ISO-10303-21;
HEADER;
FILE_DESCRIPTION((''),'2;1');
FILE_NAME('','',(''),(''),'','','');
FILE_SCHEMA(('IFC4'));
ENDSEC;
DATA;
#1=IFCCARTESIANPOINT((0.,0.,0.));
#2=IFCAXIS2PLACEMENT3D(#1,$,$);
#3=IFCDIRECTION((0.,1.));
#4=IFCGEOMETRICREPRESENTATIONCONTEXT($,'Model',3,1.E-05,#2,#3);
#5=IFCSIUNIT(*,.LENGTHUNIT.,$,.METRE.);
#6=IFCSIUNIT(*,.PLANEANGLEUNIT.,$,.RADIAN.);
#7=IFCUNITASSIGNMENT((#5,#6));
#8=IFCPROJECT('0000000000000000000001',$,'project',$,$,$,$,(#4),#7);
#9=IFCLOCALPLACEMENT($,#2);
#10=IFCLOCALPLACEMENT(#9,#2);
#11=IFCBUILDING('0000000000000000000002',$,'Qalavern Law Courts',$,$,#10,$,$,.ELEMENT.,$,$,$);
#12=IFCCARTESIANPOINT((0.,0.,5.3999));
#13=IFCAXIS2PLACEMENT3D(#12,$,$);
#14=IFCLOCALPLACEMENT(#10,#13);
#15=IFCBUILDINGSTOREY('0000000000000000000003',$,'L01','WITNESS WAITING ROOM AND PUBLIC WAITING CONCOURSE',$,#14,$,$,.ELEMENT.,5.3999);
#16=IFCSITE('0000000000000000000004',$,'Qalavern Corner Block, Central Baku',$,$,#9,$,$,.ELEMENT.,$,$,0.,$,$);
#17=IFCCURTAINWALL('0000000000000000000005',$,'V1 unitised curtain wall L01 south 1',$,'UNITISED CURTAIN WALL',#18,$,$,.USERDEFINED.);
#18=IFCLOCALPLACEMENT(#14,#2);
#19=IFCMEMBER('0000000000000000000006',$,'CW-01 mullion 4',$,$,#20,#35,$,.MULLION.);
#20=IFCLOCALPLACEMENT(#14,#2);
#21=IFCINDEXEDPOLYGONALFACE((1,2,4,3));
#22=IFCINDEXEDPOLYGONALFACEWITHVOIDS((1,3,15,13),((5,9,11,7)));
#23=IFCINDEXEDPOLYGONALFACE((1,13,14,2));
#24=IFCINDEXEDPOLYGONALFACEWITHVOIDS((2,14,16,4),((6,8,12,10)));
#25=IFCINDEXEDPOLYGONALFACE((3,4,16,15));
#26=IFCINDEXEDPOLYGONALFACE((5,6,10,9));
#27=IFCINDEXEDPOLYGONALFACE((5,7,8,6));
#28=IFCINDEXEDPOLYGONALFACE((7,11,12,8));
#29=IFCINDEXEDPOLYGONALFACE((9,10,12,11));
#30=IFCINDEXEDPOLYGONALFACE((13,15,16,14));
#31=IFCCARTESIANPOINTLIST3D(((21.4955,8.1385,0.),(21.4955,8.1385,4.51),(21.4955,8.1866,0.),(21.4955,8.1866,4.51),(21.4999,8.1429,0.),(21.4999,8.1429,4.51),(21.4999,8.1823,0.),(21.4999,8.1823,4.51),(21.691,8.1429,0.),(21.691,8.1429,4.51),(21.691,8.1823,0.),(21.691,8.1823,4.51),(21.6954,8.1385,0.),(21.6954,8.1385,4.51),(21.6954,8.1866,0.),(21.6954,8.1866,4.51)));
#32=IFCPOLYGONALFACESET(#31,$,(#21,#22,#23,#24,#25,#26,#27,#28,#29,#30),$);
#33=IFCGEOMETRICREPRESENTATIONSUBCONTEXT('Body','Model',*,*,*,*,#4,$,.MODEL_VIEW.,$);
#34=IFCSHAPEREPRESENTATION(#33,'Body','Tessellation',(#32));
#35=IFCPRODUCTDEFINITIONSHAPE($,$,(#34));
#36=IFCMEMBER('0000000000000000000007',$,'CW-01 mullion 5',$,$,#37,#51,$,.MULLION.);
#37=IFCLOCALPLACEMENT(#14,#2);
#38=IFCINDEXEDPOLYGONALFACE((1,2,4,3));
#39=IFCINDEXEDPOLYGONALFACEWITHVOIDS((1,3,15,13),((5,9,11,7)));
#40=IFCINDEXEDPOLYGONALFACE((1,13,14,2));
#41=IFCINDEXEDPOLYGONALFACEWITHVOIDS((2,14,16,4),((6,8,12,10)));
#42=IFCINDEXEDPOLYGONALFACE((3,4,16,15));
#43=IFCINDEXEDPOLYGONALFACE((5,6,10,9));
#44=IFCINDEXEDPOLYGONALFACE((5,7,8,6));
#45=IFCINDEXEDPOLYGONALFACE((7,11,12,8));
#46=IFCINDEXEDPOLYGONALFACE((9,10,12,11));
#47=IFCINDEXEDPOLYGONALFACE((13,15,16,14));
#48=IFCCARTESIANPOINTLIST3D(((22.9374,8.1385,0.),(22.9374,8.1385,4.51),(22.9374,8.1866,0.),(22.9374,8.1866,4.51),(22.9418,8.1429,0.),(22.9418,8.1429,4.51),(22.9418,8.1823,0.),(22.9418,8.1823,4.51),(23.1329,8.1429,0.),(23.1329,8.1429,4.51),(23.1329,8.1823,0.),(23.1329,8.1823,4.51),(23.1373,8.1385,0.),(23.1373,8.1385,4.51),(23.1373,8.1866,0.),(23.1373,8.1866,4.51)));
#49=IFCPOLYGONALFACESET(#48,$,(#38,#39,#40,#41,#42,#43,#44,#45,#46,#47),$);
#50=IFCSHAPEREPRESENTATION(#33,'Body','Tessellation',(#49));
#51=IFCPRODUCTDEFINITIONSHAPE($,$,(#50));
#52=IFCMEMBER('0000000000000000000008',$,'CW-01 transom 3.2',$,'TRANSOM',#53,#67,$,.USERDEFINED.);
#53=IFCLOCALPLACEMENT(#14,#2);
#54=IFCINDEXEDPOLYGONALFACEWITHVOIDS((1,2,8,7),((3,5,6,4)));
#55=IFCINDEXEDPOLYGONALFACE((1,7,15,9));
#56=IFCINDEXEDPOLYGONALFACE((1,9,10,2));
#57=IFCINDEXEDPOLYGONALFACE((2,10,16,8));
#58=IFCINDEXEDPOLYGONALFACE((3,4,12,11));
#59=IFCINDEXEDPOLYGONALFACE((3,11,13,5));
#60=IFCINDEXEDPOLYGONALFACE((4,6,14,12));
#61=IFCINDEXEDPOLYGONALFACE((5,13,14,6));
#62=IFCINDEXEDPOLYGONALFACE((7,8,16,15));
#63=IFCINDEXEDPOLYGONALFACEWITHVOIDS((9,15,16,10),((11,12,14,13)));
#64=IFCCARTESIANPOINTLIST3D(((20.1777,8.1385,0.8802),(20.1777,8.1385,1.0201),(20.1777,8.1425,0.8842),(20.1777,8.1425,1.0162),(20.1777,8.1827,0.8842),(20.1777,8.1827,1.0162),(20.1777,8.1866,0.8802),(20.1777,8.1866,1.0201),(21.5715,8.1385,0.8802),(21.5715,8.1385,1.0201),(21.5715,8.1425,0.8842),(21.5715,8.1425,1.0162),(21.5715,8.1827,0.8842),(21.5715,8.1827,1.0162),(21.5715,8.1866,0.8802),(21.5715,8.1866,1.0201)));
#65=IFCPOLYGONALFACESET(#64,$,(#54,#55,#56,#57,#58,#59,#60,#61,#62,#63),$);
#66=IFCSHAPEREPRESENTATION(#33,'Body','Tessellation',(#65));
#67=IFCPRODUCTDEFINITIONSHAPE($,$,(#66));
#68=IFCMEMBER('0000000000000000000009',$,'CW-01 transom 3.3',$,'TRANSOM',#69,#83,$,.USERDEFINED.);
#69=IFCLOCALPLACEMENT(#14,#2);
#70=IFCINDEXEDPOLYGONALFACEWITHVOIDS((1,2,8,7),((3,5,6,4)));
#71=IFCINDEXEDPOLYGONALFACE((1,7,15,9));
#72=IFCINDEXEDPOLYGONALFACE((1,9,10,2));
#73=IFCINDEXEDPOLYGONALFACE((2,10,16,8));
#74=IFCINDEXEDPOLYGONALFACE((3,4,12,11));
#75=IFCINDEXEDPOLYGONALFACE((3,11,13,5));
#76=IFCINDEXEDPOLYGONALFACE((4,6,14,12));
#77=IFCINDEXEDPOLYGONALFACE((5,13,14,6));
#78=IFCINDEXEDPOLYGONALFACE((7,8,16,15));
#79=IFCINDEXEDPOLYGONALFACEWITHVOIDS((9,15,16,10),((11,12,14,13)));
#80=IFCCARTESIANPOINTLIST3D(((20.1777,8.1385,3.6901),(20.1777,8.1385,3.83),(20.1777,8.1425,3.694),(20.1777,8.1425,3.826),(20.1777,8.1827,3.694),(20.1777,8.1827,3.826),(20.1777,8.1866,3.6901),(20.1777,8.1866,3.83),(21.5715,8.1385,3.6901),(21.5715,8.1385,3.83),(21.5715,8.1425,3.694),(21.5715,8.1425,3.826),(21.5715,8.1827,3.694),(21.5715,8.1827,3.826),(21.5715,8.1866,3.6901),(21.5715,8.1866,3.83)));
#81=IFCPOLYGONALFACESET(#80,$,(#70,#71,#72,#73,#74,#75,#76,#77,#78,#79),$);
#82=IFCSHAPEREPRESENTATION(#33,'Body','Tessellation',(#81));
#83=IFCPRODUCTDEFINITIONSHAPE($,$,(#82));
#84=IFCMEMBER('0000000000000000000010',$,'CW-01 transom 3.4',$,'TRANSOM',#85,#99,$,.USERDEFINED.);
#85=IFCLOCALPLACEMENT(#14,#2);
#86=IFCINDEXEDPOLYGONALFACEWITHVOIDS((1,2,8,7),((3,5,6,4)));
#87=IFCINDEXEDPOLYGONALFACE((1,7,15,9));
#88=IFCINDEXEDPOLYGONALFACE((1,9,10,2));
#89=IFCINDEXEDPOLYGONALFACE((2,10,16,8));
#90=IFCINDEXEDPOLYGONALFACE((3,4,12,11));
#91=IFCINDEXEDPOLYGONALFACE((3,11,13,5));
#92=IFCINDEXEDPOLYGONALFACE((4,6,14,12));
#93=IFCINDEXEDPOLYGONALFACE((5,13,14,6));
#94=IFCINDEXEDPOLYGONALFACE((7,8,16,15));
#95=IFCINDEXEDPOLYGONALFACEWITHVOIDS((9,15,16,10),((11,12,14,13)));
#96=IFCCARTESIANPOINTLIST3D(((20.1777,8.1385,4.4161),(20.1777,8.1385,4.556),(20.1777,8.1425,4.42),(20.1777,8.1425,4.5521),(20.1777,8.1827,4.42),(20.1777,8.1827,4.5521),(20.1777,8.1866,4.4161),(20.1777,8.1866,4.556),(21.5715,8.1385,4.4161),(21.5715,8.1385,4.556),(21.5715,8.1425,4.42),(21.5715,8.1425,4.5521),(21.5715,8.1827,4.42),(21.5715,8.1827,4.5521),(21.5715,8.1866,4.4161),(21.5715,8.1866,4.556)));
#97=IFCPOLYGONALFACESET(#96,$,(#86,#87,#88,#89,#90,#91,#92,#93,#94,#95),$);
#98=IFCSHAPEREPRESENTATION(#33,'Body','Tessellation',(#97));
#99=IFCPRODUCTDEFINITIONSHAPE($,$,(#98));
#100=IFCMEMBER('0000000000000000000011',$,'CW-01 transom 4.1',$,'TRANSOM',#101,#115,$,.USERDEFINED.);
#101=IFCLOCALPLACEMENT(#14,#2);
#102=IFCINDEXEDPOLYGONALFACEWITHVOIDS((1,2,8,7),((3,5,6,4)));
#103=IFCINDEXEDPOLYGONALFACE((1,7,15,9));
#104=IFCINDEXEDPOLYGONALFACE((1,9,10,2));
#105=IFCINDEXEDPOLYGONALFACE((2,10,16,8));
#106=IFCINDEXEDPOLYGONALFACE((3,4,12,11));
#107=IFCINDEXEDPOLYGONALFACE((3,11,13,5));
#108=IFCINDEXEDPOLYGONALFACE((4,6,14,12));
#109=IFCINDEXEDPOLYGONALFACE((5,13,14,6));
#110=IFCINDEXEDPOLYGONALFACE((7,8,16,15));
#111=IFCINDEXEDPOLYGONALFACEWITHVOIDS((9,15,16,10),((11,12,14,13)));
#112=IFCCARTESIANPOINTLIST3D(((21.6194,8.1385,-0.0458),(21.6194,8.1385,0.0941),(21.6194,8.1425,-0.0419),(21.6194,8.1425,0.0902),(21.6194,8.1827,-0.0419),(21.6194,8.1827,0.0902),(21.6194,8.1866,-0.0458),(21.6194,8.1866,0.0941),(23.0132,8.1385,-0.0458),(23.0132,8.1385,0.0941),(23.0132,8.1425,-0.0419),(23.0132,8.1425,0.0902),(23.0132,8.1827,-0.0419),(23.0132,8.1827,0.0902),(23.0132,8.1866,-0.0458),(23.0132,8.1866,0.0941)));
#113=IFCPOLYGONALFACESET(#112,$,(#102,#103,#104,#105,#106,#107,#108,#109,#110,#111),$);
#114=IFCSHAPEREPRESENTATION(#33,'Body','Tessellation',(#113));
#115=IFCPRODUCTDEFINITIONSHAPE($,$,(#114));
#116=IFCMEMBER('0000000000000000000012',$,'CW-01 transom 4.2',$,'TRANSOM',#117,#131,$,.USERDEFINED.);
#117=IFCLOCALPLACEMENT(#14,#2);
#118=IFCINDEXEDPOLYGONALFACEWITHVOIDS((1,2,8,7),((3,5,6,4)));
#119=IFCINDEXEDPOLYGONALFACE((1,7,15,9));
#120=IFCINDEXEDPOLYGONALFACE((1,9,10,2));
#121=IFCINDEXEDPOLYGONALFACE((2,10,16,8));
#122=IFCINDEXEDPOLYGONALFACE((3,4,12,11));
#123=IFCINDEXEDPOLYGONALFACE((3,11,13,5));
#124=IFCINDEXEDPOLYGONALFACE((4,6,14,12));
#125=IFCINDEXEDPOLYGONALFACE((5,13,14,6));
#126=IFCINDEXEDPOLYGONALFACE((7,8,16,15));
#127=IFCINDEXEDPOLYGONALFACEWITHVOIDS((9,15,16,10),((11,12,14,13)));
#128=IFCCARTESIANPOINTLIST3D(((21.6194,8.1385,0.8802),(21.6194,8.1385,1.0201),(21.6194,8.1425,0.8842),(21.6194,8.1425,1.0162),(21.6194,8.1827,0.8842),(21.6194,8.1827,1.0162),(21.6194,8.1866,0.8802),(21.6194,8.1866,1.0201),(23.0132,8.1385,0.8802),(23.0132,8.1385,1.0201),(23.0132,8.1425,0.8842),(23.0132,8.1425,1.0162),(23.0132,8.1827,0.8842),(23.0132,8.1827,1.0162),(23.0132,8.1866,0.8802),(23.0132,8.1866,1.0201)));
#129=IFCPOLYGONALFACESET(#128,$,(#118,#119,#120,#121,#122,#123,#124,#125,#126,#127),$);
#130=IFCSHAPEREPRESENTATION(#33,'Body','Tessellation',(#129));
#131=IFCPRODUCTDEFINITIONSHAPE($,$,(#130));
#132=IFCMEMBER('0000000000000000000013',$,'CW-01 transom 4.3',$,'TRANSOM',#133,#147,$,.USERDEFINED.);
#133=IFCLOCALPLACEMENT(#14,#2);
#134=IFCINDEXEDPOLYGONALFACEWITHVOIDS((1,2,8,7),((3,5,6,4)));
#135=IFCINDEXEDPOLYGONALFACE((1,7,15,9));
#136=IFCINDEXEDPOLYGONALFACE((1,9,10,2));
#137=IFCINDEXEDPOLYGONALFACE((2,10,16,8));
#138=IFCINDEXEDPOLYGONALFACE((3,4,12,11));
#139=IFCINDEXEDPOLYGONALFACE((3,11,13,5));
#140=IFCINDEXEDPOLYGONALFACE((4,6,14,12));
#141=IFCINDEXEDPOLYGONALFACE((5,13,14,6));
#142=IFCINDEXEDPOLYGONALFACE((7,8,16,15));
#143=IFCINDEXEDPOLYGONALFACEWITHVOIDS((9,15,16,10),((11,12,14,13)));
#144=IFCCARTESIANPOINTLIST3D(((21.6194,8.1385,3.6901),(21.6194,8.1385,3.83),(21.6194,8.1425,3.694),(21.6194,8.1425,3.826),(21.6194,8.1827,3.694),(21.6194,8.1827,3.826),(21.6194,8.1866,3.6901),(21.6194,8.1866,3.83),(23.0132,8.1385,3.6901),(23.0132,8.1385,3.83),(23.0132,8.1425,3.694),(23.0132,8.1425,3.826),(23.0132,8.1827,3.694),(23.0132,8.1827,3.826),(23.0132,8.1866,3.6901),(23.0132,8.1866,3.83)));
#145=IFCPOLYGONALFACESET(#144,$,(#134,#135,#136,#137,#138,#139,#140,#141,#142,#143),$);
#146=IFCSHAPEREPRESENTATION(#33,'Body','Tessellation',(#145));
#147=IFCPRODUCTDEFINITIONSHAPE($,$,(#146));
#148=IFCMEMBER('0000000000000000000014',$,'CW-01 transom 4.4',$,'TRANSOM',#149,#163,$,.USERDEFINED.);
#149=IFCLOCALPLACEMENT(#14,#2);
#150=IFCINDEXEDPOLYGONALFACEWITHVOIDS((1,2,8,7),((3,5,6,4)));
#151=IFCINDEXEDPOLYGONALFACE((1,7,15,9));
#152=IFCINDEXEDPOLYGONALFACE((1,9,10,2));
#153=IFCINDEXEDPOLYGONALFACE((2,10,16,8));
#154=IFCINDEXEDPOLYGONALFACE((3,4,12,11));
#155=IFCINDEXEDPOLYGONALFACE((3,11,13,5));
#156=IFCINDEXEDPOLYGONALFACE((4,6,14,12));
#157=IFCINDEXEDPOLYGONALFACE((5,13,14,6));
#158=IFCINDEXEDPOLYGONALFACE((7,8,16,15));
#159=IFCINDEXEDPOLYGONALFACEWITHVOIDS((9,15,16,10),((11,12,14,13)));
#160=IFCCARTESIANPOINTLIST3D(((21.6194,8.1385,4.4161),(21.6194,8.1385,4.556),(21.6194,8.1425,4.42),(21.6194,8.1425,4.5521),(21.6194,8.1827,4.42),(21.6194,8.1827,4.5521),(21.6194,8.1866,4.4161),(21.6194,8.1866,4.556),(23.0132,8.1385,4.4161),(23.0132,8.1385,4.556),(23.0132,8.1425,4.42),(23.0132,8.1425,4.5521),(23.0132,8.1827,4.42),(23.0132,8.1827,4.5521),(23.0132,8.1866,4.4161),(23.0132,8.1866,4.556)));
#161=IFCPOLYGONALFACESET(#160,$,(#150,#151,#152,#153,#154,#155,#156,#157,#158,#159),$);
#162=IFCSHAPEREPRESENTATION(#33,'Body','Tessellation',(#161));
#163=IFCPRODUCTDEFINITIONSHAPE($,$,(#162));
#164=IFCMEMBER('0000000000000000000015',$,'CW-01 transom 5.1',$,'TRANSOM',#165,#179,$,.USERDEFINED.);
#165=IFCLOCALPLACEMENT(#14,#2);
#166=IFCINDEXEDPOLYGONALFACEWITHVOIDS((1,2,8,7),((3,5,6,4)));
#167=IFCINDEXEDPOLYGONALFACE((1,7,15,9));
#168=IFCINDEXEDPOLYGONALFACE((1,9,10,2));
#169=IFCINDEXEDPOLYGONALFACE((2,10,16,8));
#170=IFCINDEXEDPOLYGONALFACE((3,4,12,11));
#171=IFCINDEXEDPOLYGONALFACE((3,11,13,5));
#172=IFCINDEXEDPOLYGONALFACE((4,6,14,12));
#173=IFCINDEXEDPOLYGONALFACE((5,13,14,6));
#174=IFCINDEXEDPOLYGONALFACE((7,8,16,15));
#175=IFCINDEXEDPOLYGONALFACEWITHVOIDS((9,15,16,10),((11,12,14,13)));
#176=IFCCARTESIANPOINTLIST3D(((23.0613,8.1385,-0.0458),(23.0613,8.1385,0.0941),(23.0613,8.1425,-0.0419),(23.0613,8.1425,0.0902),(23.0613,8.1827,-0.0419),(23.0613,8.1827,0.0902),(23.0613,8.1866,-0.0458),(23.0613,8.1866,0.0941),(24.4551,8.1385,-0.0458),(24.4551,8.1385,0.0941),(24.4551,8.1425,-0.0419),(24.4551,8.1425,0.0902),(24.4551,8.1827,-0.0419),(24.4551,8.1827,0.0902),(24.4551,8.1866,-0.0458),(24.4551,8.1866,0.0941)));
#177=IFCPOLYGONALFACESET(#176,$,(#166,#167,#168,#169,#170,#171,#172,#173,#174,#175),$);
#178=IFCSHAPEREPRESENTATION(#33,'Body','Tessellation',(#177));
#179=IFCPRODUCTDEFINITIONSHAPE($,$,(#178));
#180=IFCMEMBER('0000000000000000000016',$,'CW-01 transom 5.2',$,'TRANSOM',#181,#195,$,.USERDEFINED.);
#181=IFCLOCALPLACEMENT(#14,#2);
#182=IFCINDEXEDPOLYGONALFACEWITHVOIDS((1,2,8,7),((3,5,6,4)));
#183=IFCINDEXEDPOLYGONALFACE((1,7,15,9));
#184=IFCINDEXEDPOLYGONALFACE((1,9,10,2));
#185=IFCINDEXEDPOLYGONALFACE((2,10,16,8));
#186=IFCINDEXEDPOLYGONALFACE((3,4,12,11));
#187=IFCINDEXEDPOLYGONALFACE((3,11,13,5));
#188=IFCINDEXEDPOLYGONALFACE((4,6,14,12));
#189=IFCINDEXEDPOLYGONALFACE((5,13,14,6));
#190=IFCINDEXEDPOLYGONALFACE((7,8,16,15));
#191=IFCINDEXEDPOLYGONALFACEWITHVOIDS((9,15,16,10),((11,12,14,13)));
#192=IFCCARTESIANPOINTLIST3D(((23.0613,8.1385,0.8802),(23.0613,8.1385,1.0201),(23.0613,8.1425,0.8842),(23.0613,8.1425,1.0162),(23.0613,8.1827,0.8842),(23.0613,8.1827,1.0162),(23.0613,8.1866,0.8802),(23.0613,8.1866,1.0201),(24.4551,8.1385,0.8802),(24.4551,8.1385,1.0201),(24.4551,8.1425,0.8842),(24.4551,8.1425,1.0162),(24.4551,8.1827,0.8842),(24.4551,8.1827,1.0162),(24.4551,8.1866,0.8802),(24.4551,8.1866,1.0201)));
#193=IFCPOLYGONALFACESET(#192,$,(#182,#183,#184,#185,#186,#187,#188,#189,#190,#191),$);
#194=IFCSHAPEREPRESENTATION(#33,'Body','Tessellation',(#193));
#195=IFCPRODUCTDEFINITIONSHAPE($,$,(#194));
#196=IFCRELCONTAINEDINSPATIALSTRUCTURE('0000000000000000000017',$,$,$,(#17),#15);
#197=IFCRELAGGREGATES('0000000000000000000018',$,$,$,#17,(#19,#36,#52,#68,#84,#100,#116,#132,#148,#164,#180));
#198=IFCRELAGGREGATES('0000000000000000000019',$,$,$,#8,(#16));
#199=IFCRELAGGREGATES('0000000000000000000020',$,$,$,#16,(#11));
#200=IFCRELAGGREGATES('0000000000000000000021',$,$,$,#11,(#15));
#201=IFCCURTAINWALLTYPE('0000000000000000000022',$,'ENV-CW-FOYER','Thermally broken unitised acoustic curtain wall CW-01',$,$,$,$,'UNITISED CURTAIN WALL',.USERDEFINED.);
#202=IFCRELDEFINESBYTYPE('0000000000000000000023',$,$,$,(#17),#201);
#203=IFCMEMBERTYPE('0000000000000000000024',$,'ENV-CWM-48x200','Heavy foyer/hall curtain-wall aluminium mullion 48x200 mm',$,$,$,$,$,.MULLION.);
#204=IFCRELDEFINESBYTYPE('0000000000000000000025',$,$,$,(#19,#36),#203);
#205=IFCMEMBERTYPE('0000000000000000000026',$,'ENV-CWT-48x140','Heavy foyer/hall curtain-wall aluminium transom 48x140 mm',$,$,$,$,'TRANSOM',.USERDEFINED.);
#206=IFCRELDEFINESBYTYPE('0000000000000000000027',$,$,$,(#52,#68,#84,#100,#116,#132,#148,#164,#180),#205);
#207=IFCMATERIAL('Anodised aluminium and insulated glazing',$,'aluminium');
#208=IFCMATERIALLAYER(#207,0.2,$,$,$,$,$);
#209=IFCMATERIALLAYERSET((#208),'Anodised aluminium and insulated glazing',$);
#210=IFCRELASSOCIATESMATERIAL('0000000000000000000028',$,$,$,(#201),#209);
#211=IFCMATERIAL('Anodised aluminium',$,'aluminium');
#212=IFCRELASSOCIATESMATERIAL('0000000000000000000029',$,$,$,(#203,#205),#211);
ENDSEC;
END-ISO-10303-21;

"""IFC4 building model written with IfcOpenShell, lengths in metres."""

from ifc_helpers import new_model, si_unit, direction, frame, origin, origin_2d, place, context, subcontext, project, spatial, hollow_rectangle, extrude, material, layer, layer_set, material_profile, profile_set, type_object, element, aggregate, save


model = new_model("IFC4")

# Units and contexts
model_context = context("Model", 3, precision=1e-05, world=origin(), true_north=direction((0.0, 1.0)))
body_context = subcontext(model_context, "Body", "Model", "MODEL_VIEW")
ifc_project = project(units=[si_unit("LENGTHUNIT", "METRE"), si_unit("PLANEANGLEUNIT", "RADIAN")], contexts=[model_context])

# Site, building, storey
site_placement = place(None, origin())
site = spatial("IfcSite", under=ifc_project, at=site_placement, Name="Qalavern Corner Block, Central Baku", CompositionType="ELEMENT", RefElevation=0.0)
building_placement = place(site_placement, origin())
building = spatial("IfcBuilding", under=site, at=building_placement, Name="Qalavern Law Courts", CompositionType="ELEMENT")
storey_placement = place(building_placement, frame((0.0, 0.0, 5.3999)))
storey = spatial("IfcBuildingStorey", under=building, at=storey_placement, Name="L01", Description="WITNESS WAITING ROOM AND PUBLIC WAITING CONCOURSE", CompositionType="ELEMENT", Elevation=5.3999)

# Curtain wall, members
ifc_material_1 = material(Name="Anodised aluminium and insulated glazing", Category="aluminium")
ifc_layer_1 = layer(ifc_material_1, 0.2)
ifc_layer_set_1 = layer_set([ifc_layer_1], Name="Anodised aluminium and insulated glazing")
curtain_wall_type = type_object("IfcCurtainWallType", Name="ENV-CW-FOYER", Description="Thermally broken unitised acoustic curtain wall CW-01", ElementType="UNITISED CURTAIN WALL", PredefinedType="USERDEFINED", material=ifc_layer_set_1)
curtain_wall_placement = place(storey_placement, origin())
curtain_wall = element("IfcCurtainWall", 1, at=curtain_wall_placement, inside=storey, type_object=curtain_wall_type, Name="V1 unitised curtain wall L01 south 1", ObjectType="UNITISED CURTAIN WALL", PredefinedType="USERDEFINED")
ifc_material_2 = material(Name="Anodised aluminium", Category="aluminium")
ifc_material_profile_1 = material_profile(ifc_material_2, hollow_rectangle(XDim=0.0481, YDim=0.2, WallThickness=0.0044, at=origin_2d()), Name="ALU MULLION 48x200")
ifc_profile_set_1 = profile_set([ifc_material_profile_1], Name="Anodised aluminium")
member_type_1 = type_object("IfcMemberType", Name="ENV-CWM-48x200", Description="Heavy foyer/hall curtain-wall aluminium mullion 48x200 mm", PredefinedType="MULLION", material=ifc_profile_set_1)
member_1_placement = place(storey_placement, frame((21.5955, 8.1626, 0.0), z_axis=(0.0, 0.0, 1.0), x_axis=(0.0, 1.0, 0.0)))
member_1 = element("IfcMember", 2, at=member_1_placement, type_object=member_type_1, Name="CW-01 mullion 4", PredefinedType="MULLION", context=body_context, shape_type="SweptSolid", body=[
    extrude(hollow_rectangle(XDim=0.0481, YDim=0.2, WallThickness=0.0044, at=origin_2d()), origin(), (0.0, 0.0, 1.0), 4.51),
])
member_2_placement = place(storey_placement, frame((23.0374, 8.1626, 0.0), z_axis=(0.0, 0.0, 1.0), x_axis=(0.0, 1.0, 0.0)))
member_2 = element("IfcMember", 3, at=member_2_placement, type_object=member_type_1, Name="CW-01 mullion 5", PredefinedType="MULLION", context=body_context, shape_type="SweptSolid", body=[
    extrude(hollow_rectangle(XDim=0.0481, YDim=0.2, WallThickness=0.0044, at=origin_2d()), origin(), (0.0, 0.0, 1.0), 4.51),
])
ifc_material_profile_2 = material_profile(ifc_material_2, hollow_rectangle(XDim=0.0481, YDim=0.1399, WallThickness=0.0039, at=origin_2d()), Name="ALU TRANSOM 48x140")
ifc_profile_set_2 = profile_set([ifc_material_profile_2], Name="Anodised aluminium")
member_type_2 = type_object("IfcMemberType", Name="ENV-CWT-48x140", Description="Heavy foyer/hall curtain-wall aluminium transom 48x140 mm", ElementType="TRANSOM", PredefinedType="USERDEFINED", material=ifc_profile_set_2)
member_3_placement = place(storey_placement, frame((20.1777, 8.1626, 0.9502), z_axis=(1.0, 0.0, 0.0), x_axis=(0.0, 1.0, 0.0)))
member_3 = element("IfcMember", 4, at=member_3_placement, type_object=member_type_2, Name="CW-01 transom 3.2", ObjectType="TRANSOM", PredefinedType="USERDEFINED", context=body_context, shape_type="SweptSolid", body=[
    extrude(hollow_rectangle(XDim=0.0481, YDim=0.1399, WallThickness=0.0039, at=origin_2d()), origin(), (0.0, 0.0, 1.0), 1.3938),
])
member_4_placement = place(storey_placement, frame((20.1777, 8.1626, 3.76), z_axis=(1.0, 0.0, 0.0), x_axis=(0.0, 1.0, 0.0)))
member_4 = element("IfcMember", 5, at=member_4_placement, type_object=member_type_2, Name="CW-01 transom 3.3", ObjectType="TRANSOM", PredefinedType="USERDEFINED", context=body_context, shape_type="SweptSolid", body=[
    extrude(hollow_rectangle(XDim=0.0481, YDim=0.1399, WallThickness=0.0039, at=origin_2d()), origin(), (0.0, 0.0, 1.0), 1.3938),
])
member_5_placement = place(storey_placement, frame((20.1777, 8.1626, 4.4861), z_axis=(1.0, 0.0, 0.0), x_axis=(0.0, 1.0, 0.0)))
member_5 = element("IfcMember", 6, at=member_5_placement, type_object=member_type_2, Name="CW-01 transom 3.4", ObjectType="TRANSOM", PredefinedType="USERDEFINED", context=body_context, shape_type="SweptSolid", body=[
    extrude(hollow_rectangle(XDim=0.0481, YDim=0.1399, WallThickness=0.0039, at=origin_2d()), origin(), (0.0, 0.0, 1.0), 1.3938),
])
member_6_placement = place(storey_placement, frame((21.6194, 8.1626, 0.0242), z_axis=(1.0, 0.0, 0.0), x_axis=(0.0, 1.0, 0.0)))
member_6 = element("IfcMember", 7, at=member_6_placement, type_object=member_type_2, Name="CW-01 transom 4.1", ObjectType="TRANSOM", PredefinedType="USERDEFINED", context=body_context, shape_type="SweptSolid", body=[
    extrude(hollow_rectangle(XDim=0.0481, YDim=0.1399, WallThickness=0.0039, at=origin_2d()), origin(), (0.0, 0.0, 1.0), 1.3938),
])
member_7_placement = place(storey_placement, frame((21.6194, 8.1626, 0.9502), z_axis=(1.0, 0.0, 0.0), x_axis=(0.0, 1.0, 0.0)))
member_7 = element("IfcMember", 8, at=member_7_placement, type_object=member_type_2, Name="CW-01 transom 4.2", ObjectType="TRANSOM", PredefinedType="USERDEFINED", context=body_context, shape_type="SweptSolid", body=[
    extrude(hollow_rectangle(XDim=0.0481, YDim=0.1399, WallThickness=0.0039, at=origin_2d()), origin(), (0.0, 0.0, 1.0), 1.3938),
])
member_8_placement = place(storey_placement, frame((21.6194, 8.1626, 3.76), z_axis=(1.0, 0.0, 0.0), x_axis=(0.0, 1.0, 0.0)))
member_8 = element("IfcMember", 9, at=member_8_placement, type_object=member_type_2, Name="CW-01 transom 4.3", ObjectType="TRANSOM", PredefinedType="USERDEFINED", context=body_context, shape_type="SweptSolid", body=[
    extrude(hollow_rectangle(XDim=0.0481, YDim=0.1399, WallThickness=0.0039, at=origin_2d()), origin(), (0.0, 0.0, 1.0), 1.3938),
])
member_9_placement = place(storey_placement, frame((21.6194, 8.1626, 4.4861), z_axis=(1.0, 0.0, 0.0), x_axis=(0.0, 1.0, 0.0)))
member_9 = element("IfcMember", 10, at=member_9_placement, type_object=member_type_2, Name="CW-01 transom 4.4", ObjectType="TRANSOM", PredefinedType="USERDEFINED", context=body_context, shape_type="SweptSolid", body=[
    extrude(hollow_rectangle(XDim=0.0481, YDim=0.1399, WallThickness=0.0039, at=origin_2d()), origin(), (0.0, 0.0, 1.0), 1.3938),
])
member_10_placement = place(storey_placement, frame((23.0613, 8.1626, 0.0242), z_axis=(1.0, 0.0, 0.0), x_axis=(0.0, 1.0, 0.0)))
member_10 = element("IfcMember", 11, at=member_10_placement, type_object=member_type_2, Name="CW-01 transom 5.1", ObjectType="TRANSOM", PredefinedType="USERDEFINED", context=body_context, shape_type="SweptSolid", body=[
    extrude(hollow_rectangle(XDim=0.0481, YDim=0.1399, WallThickness=0.0039, at=origin_2d()), origin(), (0.0, 0.0, 1.0), 1.3938),
])
member_11_placement = place(storey_placement, frame((23.0613, 8.1626, 0.9502), z_axis=(1.0, 0.0, 0.0), x_axis=(0.0, 1.0, 0.0)))
member_11 = element("IfcMember", 12, at=member_11_placement, type_object=member_type_2, Name="CW-01 transom 5.2", ObjectType="TRANSOM", PredefinedType="USERDEFINED", context=body_context, shape_type="SweptSolid", body=[
    extrude(hollow_rectangle(XDim=0.0481, YDim=0.1399, WallThickness=0.0039, at=origin_2d()), origin(), (0.0, 0.0, 1.0), 1.3938),
])
aggregate(curtain_wall, [member_1, member_2, member_3, member_4, member_5, member_6, member_7, member_8, member_9, member_10, member_11])

save(model, "model.ifc")
